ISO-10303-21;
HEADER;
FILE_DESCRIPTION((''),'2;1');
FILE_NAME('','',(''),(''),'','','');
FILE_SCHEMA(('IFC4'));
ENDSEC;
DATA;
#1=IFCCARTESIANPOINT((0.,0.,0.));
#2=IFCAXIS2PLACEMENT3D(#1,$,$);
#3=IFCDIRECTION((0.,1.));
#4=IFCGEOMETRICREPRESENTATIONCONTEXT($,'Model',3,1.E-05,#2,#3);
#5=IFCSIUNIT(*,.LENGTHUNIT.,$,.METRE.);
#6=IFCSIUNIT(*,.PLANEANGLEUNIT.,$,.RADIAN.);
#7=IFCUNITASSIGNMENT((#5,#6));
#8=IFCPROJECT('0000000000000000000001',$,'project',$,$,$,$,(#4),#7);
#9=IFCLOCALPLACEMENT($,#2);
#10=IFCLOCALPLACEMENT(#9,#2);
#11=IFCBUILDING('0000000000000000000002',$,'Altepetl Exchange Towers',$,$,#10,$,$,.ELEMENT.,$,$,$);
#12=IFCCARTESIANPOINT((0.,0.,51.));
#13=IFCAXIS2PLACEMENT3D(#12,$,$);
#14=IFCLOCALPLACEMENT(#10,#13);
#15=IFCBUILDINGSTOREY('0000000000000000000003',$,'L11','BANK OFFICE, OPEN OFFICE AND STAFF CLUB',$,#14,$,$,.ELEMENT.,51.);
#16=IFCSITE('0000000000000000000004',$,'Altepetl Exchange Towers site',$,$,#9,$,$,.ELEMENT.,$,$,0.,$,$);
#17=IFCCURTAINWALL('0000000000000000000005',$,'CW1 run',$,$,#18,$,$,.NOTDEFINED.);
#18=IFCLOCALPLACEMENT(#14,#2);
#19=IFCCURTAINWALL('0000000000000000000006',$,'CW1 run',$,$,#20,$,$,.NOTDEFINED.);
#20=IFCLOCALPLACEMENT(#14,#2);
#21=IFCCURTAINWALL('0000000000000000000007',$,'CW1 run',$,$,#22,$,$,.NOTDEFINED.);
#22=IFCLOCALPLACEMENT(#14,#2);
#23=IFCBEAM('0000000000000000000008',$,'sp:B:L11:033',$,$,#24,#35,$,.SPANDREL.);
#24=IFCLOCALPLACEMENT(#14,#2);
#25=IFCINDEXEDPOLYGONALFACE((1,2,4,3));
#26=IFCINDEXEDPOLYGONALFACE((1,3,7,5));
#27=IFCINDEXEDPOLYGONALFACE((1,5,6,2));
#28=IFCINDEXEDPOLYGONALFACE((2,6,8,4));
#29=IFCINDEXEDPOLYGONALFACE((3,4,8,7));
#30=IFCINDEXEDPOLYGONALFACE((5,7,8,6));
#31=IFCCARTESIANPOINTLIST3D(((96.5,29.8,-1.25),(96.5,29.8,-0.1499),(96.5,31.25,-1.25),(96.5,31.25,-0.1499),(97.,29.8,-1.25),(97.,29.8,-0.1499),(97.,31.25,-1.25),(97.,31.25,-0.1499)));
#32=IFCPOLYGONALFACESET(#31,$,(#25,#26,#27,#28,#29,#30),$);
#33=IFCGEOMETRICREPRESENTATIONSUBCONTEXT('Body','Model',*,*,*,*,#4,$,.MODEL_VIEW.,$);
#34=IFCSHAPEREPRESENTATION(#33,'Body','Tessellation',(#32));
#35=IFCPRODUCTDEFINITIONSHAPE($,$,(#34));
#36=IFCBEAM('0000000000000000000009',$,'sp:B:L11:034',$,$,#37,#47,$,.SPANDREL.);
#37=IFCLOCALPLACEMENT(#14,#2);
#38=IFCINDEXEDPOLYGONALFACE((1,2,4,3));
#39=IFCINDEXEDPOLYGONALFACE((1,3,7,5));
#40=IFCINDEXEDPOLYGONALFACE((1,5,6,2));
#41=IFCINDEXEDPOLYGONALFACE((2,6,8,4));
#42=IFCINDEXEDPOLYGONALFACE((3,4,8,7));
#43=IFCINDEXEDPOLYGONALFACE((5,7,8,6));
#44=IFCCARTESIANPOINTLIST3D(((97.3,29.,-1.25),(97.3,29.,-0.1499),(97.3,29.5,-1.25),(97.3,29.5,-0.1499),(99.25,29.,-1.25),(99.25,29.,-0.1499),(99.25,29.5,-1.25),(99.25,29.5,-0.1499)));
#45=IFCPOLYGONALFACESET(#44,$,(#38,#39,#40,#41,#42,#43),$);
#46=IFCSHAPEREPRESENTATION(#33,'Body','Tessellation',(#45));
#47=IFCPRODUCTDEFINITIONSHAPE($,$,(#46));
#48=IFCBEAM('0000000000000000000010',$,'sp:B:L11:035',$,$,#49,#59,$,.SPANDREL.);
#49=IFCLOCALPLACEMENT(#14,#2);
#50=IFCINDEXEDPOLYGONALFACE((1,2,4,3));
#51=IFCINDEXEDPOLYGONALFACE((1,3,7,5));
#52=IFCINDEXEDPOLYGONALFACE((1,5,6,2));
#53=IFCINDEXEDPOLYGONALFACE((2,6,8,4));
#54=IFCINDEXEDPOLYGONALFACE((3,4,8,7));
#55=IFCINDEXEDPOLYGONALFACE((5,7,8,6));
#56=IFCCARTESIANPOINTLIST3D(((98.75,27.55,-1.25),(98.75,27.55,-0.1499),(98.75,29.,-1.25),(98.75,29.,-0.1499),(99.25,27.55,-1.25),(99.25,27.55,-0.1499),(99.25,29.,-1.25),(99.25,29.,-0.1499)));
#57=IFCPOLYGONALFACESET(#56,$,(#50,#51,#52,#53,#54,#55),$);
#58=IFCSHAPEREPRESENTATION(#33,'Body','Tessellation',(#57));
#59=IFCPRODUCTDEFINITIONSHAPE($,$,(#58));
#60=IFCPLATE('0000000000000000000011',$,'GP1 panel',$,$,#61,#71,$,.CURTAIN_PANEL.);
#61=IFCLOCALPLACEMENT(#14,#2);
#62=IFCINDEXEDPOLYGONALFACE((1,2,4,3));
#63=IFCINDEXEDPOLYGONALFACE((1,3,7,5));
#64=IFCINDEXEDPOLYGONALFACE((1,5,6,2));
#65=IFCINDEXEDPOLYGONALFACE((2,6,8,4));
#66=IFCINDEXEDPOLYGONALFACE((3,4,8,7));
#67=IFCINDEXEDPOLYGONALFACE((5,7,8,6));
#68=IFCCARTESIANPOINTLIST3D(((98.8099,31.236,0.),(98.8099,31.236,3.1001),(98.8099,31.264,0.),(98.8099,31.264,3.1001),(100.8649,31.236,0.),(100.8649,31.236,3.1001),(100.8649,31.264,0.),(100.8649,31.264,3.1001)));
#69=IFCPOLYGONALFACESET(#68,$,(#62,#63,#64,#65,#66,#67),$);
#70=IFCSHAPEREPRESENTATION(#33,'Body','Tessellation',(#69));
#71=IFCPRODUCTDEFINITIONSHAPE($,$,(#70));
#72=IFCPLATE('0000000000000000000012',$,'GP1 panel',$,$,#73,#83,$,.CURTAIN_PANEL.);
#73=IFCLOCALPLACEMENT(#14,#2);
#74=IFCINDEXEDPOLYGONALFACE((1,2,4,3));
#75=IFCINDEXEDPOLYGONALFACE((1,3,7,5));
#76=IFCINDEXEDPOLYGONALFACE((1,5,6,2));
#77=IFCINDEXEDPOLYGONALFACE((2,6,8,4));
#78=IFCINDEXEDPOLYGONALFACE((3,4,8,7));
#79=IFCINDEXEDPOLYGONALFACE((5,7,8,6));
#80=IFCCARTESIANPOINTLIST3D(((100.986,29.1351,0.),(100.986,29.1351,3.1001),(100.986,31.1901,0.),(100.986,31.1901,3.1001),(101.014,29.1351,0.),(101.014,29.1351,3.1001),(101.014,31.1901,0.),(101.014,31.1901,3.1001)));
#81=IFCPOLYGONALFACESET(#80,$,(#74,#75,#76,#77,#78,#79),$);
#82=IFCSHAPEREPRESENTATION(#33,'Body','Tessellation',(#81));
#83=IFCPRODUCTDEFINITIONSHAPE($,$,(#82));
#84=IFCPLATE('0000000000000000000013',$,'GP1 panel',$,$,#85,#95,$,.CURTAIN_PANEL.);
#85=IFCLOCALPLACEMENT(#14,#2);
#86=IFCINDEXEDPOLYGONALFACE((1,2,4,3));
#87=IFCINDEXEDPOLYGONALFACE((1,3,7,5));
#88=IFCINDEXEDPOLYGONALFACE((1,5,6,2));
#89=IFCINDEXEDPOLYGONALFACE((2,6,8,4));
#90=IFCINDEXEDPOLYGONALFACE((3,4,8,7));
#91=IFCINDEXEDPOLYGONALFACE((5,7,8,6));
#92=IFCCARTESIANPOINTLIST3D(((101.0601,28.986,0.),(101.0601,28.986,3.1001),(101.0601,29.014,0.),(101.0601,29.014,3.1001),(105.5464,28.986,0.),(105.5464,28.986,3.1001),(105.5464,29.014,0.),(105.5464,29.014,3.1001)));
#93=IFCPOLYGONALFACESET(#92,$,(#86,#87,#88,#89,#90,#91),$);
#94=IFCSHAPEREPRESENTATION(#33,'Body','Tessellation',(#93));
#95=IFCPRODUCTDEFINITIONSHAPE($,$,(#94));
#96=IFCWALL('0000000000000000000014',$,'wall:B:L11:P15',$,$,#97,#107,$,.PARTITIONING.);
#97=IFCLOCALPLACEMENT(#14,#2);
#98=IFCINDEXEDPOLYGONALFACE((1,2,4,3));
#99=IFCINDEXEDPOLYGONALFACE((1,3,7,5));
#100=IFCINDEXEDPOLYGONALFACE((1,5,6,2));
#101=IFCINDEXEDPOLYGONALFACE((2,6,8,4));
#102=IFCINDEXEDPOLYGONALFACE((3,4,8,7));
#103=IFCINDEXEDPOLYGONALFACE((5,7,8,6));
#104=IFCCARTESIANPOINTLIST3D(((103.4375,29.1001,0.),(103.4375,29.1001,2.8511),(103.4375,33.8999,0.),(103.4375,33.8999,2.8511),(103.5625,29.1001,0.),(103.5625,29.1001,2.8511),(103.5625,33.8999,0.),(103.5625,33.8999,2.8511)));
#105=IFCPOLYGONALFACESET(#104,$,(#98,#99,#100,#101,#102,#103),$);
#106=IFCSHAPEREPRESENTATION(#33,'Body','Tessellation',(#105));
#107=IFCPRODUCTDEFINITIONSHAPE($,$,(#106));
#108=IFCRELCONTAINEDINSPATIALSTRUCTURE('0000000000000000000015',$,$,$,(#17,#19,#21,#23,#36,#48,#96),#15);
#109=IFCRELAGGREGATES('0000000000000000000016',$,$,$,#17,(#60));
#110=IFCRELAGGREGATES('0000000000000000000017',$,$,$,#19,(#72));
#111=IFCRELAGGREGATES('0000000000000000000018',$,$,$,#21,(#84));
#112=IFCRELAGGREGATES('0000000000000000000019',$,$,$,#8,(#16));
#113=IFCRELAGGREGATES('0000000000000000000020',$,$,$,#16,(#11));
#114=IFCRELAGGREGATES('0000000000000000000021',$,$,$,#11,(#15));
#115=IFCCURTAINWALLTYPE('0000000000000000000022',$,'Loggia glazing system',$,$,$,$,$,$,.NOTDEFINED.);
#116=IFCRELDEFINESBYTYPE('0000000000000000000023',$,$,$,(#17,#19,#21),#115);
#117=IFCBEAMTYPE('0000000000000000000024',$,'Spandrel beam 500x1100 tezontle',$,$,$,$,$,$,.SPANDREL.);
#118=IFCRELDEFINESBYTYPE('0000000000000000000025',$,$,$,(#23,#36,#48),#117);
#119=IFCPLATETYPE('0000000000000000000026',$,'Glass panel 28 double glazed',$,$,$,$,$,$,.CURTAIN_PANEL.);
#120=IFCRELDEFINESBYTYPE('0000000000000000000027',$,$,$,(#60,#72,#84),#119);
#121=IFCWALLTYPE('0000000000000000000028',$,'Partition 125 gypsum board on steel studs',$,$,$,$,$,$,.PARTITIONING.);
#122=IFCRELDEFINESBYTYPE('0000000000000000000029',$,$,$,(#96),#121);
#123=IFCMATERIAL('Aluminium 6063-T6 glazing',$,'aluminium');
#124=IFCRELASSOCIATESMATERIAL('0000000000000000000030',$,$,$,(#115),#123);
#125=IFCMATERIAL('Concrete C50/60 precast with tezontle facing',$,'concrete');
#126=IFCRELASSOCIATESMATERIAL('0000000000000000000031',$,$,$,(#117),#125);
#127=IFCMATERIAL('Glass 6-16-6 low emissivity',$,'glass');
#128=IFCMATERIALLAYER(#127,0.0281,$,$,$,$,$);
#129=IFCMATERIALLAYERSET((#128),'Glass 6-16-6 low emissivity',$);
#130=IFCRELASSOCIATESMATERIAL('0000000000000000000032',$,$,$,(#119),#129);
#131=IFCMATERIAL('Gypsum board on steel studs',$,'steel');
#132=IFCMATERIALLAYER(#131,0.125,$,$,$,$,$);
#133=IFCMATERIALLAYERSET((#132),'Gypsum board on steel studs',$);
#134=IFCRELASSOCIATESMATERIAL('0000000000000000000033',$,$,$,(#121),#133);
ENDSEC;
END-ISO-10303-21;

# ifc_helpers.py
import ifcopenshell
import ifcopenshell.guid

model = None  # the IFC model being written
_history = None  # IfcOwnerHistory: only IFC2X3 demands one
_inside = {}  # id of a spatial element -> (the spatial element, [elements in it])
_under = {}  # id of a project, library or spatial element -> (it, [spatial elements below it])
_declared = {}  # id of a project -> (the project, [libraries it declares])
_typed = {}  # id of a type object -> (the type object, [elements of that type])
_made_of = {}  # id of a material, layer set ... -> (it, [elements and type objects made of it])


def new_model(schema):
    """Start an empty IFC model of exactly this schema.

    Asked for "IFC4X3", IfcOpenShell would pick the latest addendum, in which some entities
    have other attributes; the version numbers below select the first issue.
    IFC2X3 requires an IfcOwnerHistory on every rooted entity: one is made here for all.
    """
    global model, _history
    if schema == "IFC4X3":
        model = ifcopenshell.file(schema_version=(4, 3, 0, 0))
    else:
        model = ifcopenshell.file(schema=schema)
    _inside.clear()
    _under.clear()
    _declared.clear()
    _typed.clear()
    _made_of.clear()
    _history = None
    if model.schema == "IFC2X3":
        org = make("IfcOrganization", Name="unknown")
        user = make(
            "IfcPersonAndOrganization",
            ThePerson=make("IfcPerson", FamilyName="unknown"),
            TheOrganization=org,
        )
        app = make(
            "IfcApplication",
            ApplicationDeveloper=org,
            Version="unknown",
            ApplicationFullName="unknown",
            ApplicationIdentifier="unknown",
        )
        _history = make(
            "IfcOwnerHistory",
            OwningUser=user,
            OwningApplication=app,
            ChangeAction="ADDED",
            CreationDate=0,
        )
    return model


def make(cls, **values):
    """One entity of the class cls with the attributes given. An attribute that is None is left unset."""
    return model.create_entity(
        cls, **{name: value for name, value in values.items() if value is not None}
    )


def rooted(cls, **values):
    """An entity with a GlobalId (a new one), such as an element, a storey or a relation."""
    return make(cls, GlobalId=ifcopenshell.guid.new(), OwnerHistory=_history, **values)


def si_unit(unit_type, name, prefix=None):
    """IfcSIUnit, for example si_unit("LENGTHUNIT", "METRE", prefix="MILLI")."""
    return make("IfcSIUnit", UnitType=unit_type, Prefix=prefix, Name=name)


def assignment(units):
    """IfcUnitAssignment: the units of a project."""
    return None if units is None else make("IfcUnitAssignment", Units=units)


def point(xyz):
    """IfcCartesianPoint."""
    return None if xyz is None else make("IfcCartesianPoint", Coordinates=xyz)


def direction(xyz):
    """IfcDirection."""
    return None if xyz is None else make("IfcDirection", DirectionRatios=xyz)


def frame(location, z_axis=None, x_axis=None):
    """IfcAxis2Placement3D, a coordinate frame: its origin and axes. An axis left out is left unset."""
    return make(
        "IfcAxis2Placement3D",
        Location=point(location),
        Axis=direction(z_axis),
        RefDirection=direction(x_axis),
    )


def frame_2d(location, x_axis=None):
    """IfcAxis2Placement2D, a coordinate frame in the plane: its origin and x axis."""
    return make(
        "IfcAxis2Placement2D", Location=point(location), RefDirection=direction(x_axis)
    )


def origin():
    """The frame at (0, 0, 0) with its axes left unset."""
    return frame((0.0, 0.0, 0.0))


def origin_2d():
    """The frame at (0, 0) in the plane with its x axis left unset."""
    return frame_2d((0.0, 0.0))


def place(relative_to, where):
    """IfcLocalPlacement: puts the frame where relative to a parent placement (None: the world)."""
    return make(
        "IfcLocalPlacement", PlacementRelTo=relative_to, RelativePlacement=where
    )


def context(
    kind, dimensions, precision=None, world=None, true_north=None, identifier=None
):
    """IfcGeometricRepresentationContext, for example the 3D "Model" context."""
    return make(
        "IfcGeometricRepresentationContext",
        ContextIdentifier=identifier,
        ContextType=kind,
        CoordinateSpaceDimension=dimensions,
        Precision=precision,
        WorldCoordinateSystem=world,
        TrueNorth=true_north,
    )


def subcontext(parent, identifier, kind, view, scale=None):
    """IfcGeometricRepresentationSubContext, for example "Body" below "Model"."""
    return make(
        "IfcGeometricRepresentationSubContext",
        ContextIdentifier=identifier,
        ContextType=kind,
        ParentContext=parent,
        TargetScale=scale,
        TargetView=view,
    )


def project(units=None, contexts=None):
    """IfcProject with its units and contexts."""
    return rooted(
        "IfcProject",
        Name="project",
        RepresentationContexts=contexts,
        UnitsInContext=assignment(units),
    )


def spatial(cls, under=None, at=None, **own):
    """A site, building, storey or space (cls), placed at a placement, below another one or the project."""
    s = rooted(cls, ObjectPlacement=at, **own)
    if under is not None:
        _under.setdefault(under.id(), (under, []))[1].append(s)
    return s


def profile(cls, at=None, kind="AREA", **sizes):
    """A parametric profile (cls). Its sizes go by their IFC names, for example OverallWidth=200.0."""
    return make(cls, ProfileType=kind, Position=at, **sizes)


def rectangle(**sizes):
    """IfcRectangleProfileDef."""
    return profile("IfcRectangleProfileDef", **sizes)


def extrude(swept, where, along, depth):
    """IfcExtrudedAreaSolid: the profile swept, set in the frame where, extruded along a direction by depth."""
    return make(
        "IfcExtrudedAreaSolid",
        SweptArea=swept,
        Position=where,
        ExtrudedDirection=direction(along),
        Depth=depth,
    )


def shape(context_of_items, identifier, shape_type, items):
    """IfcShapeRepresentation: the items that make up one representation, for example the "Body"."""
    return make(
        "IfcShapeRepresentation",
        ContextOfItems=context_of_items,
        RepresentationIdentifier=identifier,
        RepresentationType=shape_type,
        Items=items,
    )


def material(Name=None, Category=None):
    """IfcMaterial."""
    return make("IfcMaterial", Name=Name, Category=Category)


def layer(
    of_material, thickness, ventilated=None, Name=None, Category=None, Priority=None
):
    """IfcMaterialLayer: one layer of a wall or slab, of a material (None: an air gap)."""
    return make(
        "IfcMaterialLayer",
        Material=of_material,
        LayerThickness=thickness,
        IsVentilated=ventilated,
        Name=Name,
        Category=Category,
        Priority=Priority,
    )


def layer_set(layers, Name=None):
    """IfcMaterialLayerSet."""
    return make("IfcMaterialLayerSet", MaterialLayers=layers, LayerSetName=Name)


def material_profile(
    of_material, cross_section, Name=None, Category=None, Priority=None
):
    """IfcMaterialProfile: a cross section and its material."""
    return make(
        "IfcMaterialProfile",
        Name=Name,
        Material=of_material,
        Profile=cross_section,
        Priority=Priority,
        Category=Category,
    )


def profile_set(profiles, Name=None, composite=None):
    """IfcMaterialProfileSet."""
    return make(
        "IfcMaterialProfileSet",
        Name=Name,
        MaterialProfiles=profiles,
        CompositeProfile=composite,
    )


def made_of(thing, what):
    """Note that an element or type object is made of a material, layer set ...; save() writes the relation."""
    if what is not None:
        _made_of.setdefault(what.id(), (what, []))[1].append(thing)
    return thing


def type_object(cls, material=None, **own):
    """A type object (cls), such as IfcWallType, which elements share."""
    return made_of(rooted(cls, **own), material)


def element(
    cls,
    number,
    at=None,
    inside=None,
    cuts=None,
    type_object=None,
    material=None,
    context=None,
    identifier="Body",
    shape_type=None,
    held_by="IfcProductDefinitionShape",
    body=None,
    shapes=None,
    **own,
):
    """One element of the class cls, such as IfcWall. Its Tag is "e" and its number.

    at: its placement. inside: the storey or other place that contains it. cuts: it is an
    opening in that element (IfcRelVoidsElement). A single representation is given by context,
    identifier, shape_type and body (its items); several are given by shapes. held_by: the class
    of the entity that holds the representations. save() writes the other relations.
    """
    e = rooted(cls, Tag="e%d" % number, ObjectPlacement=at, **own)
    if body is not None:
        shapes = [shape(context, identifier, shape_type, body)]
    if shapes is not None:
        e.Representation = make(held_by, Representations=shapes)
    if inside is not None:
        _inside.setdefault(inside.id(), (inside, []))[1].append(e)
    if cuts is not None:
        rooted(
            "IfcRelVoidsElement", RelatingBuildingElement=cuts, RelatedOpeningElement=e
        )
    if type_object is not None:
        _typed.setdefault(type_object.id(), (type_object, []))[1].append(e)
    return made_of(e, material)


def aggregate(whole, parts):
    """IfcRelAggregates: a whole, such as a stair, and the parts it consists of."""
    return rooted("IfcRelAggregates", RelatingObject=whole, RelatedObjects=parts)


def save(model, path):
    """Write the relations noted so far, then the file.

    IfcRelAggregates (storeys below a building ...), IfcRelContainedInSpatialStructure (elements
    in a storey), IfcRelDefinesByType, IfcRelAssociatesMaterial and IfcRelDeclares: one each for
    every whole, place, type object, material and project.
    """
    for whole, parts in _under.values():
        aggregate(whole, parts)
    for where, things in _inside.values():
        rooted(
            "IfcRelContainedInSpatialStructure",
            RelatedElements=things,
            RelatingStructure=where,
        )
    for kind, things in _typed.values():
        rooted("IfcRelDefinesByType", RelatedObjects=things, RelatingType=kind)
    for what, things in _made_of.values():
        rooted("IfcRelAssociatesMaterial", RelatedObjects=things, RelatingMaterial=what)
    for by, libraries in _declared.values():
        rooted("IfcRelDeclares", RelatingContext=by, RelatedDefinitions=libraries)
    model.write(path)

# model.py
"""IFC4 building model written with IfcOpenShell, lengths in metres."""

from ifc_helpers import new_model, si_unit, direction, frame, frame_2d, origin, origin_2d, place, context, subcontext, project, spatial, rectangle, extrude, material, layer, layer_set, material_profile, profile_set, type_object, element, aggregate, save


model = new_model("IFC4")

# Units and contexts
model_context = context("Model", 3, precision=1e-05, world=origin(), true_north=direction((0.0, 1.0)))
body_context = subcontext(model_context, "Body", "Model", "MODEL_VIEW")
ifc_project = project(units=[si_unit("LENGTHUNIT", "METRE"), si_unit("PLANEANGLEUNIT", "RADIAN")], contexts=[model_context])

# Site, building, storey
site_placement = place(None, origin())
site = spatial("IfcSite", under=ifc_project, at=site_placement, Name="Altepetl Exchange Towers site", CompositionType="ELEMENT", RefElevation=0.0)
building_placement = place(site_placement, origin())
building = spatial("IfcBuilding", under=site, at=building_placement, Name="Altepetl Exchange Towers", CompositionType="ELEMENT")
storey_placement = place(building_placement, frame((0.0, 0.0, 51.0)))
storey = spatial("IfcBuildingStorey", under=building, at=storey_placement, Name="L11", Description="BANK OFFICE, OPEN OFFICE AND STAFF CLUB", CompositionType="ELEMENT", Elevation=51.0)

# Curtain walls
ifc_material_1 = material(Name="Aluminium 6063-T6 glazing", Category="aluminium")
curtain_wall_type = type_object("IfcCurtainWallType", Name="Loggia glazing system", PredefinedType="NOTDEFINED", material=ifc_material_1)
curtain_wall_1_placement = place(storey_placement, origin())
curtain_wall_1 = element("IfcCurtainWall", 1, at=curtain_wall_1_placement, inside=storey, type_object=curtain_wall_type, Name="CW1 run", PredefinedType="NOTDEFINED")
curtain_wall_2_placement = place(storey_placement, origin())
curtain_wall_2 = element("IfcCurtainWall", 2, at=curtain_wall_2_placement, inside=storey, type_object=curtain_wall_type, Name="CW1 run", PredefinedType="NOTDEFINED")

# Curtain wall
curtain_wall_3_placement = place(storey_placement, origin())
curtain_wall_3 = element("IfcCurtainWall", 3, at=curtain_wall_3_placement, inside=storey, type_object=curtain_wall_type, Name="CW1 run", PredefinedType="NOTDEFINED")

# Beams
ifc_material_2 = material(Name="Concrete C50/60 precast with tezontle facing", Category="concrete")
ifc_material_profile_1 = material_profile(ifc_material_2, rectangle(XDim=0.5, YDim=1.1001, at=origin_2d()), Name="500 x 1100")
ifc_profile_set_1 = profile_set([ifc_material_profile_1], Name="Concrete C50/60 precast with tezontle facing")
beam_type_1 = type_object("IfcBeamType", Name="Spandrel beam 500x1100 tezontle", PredefinedType="SPANDREL", material=ifc_profile_set_1)
beam_1_placement = place(storey_placement, frame((96.75, 31.25, -0.7), z_axis=(0.0, -1.0, 0.0), x_axis=(1.0, 0.0, 0.0)))
element("IfcBeam", 4, at=beam_1_placement, inside=storey, type_object=beam_type_1, Name="sp:B:L11:033", PredefinedType="SPANDREL", context=body_context, shape_type="SweptSolid", body=[
    extrude(rectangle(XDim=0.5, YDim=1.1001, at=origin_2d()), origin(), (0.0, 0.0, 1.0), 1.45),
])
beam_2_placement = place(storey_placement, frame((97.3, 29.25, -0.7), z_axis=(1.0, 0.0, 0.0), x_axis=(0.0, 1.0, 0.0)))
element("IfcBeam", 5, at=beam_2_placement, inside=storey, type_object=beam_type_1, Name="sp:B:L11:034", PredefinedType="SPANDREL", context=body_context, shape_type="SweptSolid", body=[
    extrude(rectangle(XDim=0.5, YDim=1.1001, at=origin_2d()), origin(), (0.0, 0.0, 1.0), 1.95),
])
beam_3_placement = place(storey_placement, frame((99.0, 29.0, -0.7), z_axis=(0.0, -1.0, 0.0), x_axis=(1.0, 0.0, 0.0)))
element("IfcBeam", 6, at=beam_3_placement, inside=storey, type_object=beam_type_1, Name="sp:B:L11:035", PredefinedType="SPANDREL", context=body_context, shape_type="SweptSolid", body=[
    extrude(rectangle(XDim=0.5, YDim=1.1001, at=origin_2d()), origin(), (0.0, 0.0, 1.0), 1.45),
])

# Plates
ifc_material_3 = material(Name="Glass 6-16-6 low emissivity", Category="glass")
ifc_layer_1 = layer(ifc_material_3, 0.0281)
ifc_layer_set_1 = layer_set([ifc_layer_1], Name="Glass 6-16-6 low emissivity")
plate_type = type_object("IfcPlateType", Name="Glass panel 28 double glazed", PredefinedType="CURTAIN_PANEL", material=ifc_layer_set_1)
plate_1_placement = place(storey_placement, frame((99.8374, 31.25, 0.0)))
plate_1 = element("IfcPlate", 7, at=plate_1_placement, type_object=plate_type, Name="GP1 panel", PredefinedType="CURTAIN_PANEL", context=body_context, shape_type="SweptSolid", body=[
    extrude(rectangle(XDim=2.0549, YDim=0.0281, at=origin_2d()), origin(), (0.0, 0.0, 1.0), 3.1001),
])
aggregate(curtain_wall_1, [plate_1])
plate_2_placement = place(storey_placement, frame((101.0, 30.1626, 0.0), z_axis=(0.0, 0.0, 1.0), x_axis=(0.0, -1.0, 0.0)))
plate_2 = element("IfcPlate", 8, at=plate_2_placement, type_object=plate_type, Name="GP1 panel", PredefinedType="CURTAIN_PANEL", context=body_context, shape_type="SweptSolid", body=[
    extrude(rectangle(XDim=2.0549, YDim=0.0281, at=origin_2d()), origin(), (0.0, 0.0, 1.0), 3.1001),
])
aggregate(curtain_wall_2, [plate_2])
plate_3_placement = place(storey_placement, frame((103.3032, 29.0, 0.0)))
plate_3 = element("IfcPlate", 9, at=plate_3_placement, type_object=plate_type, Name="GP1 panel", PredefinedType="CURTAIN_PANEL", context=body_context, shape_type="SweptSolid", body=[
    extrude(rectangle(XDim=4.4863, YDim=0.0281, at=origin_2d()), origin(), (0.0, 0.0, 1.0), 3.1001),
])
aggregate(curtain_wall_3, [plate_3])

# Wall
ifc_material_4 = material(Name="Gypsum board on steel studs", Category="steel")
ifc_layer_2 = layer(ifc_material_4, 0.125)
ifc_layer_set_2 = layer_set([ifc_layer_2], Name="Gypsum board on steel studs")
wall_type = type_object("IfcWallType", Name="Partition 125 gypsum board on steel studs", PredefinedType="PARTITIONING", material=ifc_layer_set_2)
wall_placement = place(storey_placement, frame((103.5, 29.1001, 0.0), z_axis=(0.0, 0.0, 1.0), x_axis=(0.0, 1.0, 0.0)))
element("IfcWall", 10, at=wall_placement, inside=storey, type_object=wall_type, Name="wall:B:L11:P15", PredefinedType="PARTITIONING", context=body_context, shape_type="SweptSolid", body=[
    extrude(rectangle(XDim=4.7998, YDim=0.125, at=frame_2d((2.3999, 0.0))), origin(), (0.0, 0.0, 1.0), 2.8511),
])

save(model, "model.ifc")
